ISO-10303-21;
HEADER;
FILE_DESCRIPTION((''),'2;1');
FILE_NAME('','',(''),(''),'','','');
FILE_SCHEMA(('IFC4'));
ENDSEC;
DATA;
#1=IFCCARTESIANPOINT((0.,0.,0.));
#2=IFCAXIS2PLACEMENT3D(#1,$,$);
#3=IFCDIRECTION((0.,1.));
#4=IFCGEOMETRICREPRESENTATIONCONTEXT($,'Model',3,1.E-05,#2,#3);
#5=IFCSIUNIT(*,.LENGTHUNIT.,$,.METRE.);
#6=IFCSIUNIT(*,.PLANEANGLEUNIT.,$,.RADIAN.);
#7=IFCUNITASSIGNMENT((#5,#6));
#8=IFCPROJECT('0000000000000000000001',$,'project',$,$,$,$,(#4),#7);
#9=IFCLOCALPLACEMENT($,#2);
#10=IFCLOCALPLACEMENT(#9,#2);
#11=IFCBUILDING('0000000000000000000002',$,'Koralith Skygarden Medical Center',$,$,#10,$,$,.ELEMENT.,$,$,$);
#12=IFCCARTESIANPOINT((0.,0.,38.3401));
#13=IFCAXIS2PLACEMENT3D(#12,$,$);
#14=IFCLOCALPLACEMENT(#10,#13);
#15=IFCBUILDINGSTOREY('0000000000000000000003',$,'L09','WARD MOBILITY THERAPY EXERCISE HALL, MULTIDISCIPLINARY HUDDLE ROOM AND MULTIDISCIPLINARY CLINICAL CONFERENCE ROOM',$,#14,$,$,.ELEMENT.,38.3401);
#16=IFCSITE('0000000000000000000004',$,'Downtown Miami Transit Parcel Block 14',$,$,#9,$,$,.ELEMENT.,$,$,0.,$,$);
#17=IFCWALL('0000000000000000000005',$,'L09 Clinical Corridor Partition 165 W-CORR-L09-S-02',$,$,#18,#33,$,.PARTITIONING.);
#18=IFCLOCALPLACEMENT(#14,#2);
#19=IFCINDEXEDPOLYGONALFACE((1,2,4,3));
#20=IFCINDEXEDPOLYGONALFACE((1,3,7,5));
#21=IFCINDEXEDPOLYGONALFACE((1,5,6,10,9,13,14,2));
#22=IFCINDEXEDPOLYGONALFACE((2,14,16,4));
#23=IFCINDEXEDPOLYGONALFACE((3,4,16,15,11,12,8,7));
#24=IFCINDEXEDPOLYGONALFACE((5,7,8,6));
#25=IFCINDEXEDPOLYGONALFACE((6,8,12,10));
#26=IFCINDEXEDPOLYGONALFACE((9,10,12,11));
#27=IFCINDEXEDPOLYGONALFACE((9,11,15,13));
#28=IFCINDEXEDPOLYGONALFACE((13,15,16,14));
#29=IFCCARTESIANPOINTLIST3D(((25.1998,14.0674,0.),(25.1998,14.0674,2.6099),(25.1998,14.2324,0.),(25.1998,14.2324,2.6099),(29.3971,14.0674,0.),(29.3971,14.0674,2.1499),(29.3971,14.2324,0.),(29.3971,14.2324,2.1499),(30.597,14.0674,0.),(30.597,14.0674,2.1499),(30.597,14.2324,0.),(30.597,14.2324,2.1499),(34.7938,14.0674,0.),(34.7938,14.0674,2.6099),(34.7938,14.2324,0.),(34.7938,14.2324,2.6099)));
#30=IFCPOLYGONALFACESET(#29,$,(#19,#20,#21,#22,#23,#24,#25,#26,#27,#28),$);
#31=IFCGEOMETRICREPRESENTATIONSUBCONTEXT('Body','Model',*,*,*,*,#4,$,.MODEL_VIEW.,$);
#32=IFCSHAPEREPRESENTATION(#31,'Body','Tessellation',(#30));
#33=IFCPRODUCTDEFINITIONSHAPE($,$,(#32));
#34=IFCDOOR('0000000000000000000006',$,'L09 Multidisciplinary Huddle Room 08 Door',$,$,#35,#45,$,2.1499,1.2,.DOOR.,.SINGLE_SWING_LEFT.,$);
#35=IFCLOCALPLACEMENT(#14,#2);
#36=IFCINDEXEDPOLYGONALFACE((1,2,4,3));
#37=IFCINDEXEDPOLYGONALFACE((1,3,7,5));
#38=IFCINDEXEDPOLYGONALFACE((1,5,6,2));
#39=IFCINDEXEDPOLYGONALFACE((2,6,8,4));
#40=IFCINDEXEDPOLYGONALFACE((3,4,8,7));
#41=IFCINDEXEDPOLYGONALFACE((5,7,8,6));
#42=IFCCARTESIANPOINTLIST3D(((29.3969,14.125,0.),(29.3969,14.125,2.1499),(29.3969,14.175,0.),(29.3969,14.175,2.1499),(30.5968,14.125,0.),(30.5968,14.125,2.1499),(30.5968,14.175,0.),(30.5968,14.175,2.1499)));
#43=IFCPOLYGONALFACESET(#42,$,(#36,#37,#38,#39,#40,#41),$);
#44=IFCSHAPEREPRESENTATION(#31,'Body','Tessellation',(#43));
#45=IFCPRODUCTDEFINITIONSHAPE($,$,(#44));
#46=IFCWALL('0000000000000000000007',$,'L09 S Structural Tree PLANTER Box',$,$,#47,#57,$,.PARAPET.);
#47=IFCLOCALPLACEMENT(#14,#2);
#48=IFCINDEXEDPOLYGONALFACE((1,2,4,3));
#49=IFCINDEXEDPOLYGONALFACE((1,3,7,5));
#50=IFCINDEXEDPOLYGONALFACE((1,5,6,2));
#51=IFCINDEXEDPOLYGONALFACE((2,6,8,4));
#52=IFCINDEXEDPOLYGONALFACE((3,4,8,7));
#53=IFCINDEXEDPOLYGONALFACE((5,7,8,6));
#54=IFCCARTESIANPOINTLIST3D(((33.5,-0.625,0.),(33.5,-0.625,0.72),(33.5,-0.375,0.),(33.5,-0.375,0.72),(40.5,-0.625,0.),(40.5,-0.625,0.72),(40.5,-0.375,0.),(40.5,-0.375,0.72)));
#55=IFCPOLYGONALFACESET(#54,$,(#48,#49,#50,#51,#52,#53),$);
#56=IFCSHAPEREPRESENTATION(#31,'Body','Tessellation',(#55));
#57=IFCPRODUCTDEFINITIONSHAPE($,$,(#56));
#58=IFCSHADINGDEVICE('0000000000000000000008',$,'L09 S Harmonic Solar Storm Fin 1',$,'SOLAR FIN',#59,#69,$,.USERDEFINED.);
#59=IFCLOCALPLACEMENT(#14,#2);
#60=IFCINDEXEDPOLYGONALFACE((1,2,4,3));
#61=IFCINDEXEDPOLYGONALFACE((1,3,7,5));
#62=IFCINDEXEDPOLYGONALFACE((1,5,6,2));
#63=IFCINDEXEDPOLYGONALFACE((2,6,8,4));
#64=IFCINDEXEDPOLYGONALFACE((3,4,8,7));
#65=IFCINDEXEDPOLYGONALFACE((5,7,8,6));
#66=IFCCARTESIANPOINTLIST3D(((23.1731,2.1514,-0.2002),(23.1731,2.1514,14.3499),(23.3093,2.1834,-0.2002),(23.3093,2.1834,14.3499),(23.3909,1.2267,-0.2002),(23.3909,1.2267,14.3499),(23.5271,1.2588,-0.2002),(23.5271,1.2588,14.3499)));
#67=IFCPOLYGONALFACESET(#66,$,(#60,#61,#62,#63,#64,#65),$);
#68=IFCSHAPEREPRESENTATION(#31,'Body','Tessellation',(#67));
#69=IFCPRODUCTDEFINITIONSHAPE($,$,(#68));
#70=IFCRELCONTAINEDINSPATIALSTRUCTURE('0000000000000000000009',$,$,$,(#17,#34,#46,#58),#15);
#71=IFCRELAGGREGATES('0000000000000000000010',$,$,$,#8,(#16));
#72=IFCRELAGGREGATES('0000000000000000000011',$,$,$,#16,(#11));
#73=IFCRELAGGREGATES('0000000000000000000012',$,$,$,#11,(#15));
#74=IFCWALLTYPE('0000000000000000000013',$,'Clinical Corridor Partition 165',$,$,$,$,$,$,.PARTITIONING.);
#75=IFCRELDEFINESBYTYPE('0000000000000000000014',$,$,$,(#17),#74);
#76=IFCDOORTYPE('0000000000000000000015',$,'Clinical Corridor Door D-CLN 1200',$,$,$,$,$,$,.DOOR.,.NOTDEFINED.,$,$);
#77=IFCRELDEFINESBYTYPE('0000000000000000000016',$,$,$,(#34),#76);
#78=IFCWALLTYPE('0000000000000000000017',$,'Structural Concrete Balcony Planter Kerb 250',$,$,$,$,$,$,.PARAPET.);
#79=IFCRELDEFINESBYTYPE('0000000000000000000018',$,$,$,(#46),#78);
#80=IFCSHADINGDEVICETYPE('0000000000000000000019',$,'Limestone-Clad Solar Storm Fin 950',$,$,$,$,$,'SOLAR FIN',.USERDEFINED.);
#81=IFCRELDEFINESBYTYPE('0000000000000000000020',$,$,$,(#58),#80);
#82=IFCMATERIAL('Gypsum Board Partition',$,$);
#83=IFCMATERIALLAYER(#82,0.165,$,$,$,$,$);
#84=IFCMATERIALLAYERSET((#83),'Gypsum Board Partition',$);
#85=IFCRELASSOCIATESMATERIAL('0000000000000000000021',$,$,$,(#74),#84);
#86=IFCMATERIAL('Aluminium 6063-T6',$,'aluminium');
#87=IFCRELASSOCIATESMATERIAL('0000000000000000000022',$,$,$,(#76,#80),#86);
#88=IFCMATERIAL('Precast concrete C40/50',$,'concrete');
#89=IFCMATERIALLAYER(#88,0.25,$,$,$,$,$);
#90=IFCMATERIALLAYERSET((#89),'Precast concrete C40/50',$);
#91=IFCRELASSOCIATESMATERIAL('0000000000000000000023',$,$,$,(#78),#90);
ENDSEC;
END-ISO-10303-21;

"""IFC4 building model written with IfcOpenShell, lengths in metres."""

from ifc_helpers import new_model, si_unit, direction, frame, frame_2d, origin, origin_2d, place, context, subcontext, project, spatial, rectangle, extrude, material, layer, layer_set, type_object, element, fill, save


model = new_model("IFC4")

# Units and contexts
model_context = context("Model", 3, precision=1e-05, world=origin(), true_north=direction((0.0, 1.0)))
body_context = subcontext(model_context, "Body", "Model", "MODEL_VIEW")
ifc_project = project(units=[si_unit("LENGTHUNIT", "METRE"), si_unit("PLANEANGLEUNIT", "RADIAN")], contexts=[model_context])

# Site, building, storey
site_placement = place(None, origin())
site = spatial("IfcSite", under=ifc_project, at=site_placement, Name="Downtown Miami Transit Parcel Block 14", CompositionType="ELEMENT", RefElevation=0.0)
building_placement = place(site_placement, origin())
building = spatial("IfcBuilding", under=site, at=building_placement, Name="Koralith Skygarden Medical Center", CompositionType="ELEMENT")
storey_placement = place(building_placement, frame((0.0, 0.0, 38.3401)))
storey = spatial("IfcBuildingStorey", under=building, at=storey_placement, Name="L09", Description="WARD MOBILITY THERAPY EXERCISE HALL, MULTIDISCIPLINARY HUDDLE ROOM AND MULTIDISCIPLINARY CLINICAL CONFERENCE ROOM", CompositionType="ELEMENT", Elevation=38.3401)

# Shared definitions
ifc_material_1 = material(Name="Aluminium 6063-T6", Category="aluminium")

# Shared definitions
ifc_material_2 = material(Name="Gypsum Board Partition")

# Wall, opening, door
ifc_layer_1 = layer(ifc_material_2, 0.165)
ifc_layer_set_1 = layer_set([ifc_layer_1], Name="Gypsum Board Partition")
wall_type_1 = type_object("IfcWallType", Name="Clinical Corridor Partition 165", PredefinedType="PARTITIONING", material=ifc_layer_set_1)
wall_1_placement = place(storey_placement, frame((25.2, 14.1499, 0.0), z_axis=(0.0, 0.0, 1.0), x_axis=(1.0, 0.0, 0.0)))
wall_1 = element("IfcWall", 1, at=wall_1_placement, inside=storey, type_object=wall_type_1, Name="L09 Clinical Corridor Partition 165 W-CORR-L09-S-02", PredefinedType="PARTITIONING", context=body_context, shape_type="SweptSolid", body=[
    extrude(rectangle(XDim=9.594, YDim=0.165, at=frame_2d((4.7969, 0.0))), origin(), (0.0, 0.0, 1.0), 2.6099),
])
opening_1_placement = place(wall_1_placement, frame((4.197, 0.0, 0.0)))
opening_1 = element("IfcOpeningElement", 2, at=opening_1_placement, cuts=wall_1, PredefinedType="OPENING", context=body_context, shape_type="SweptSolid", body=[
    extrude(rectangle(XDim=1.2, YDim=2.1499, at=frame_2d((0.6001, 1.075))), frame((0.0, 0.0925, 0.0), z_axis=(0.0, -1.0, 0.0), x_axis=(1.0, 0.0, 0.0)), (0.0, 0.0, 1.0), 0.1851),
])
door_type_1 = type_object("IfcDoorType", Name="Clinical Corridor Door D-CLN 1200", OperationType="NOTDEFINED", PredefinedType="DOOR", material=ifc_material_1)
door_1_placement = place(opening_1_placement, frame((1.2, 0.0, 0.0), z_axis=(0.0, 0.0, 1.0), x_axis=(-1.0, 0.0, 0.0)))
door_1 = element("IfcDoor", 3, at=door_1_placement, inside=storey, type_object=door_type_1, Name="L09 Multidisciplinary Huddle Room 08 Door", OperationType="SINGLE_SWING_LEFT", OverallHeight=2.1499, OverallWidth=1.2, PredefinedType="DOOR", context=body_context, shape_type="SweptSolid", body=[
    extrude(rectangle(XDim=1.2, YDim=2.1499, at=frame_2d((0.6001, 1.075))), frame((0.0, 0.0249, 0.0), z_axis=(0.0, -1.0, 0.0), x_axis=(1.0, 0.0, 0.0)), (0.0, 0.0, 1.0), 0.05),
])
fill(opening_1, door_1)

# Wall
ifc_material_3 = material(Name="Precast concrete C40/50", Category="concrete")
ifc_layer_2 = layer(ifc_material_3, 0.25)
ifc_layer_set_2 = layer_set([ifc_layer_2], Name="Precast concrete C40/50")
wall_type_2 = type_object("IfcWallType", Name="Structural Concrete Balcony Planter Kerb 250", PredefinedType="PARAPET", material=ifc_layer_set_2)
wall_2_placement = place(storey_placement, frame((33.5, -0.5, 0.0), z_axis=(0.0, 0.0, 1.0), x_axis=(1.0, 0.0, 0.0)))
element("IfcWall", 4, at=wall_2_placement, inside=storey, type_object=wall_type_2, Name="L09 S Structural Tree PLANTER Box", PredefinedType="PARAPET", context=body_context, shape_type="SweptSolid", body=[
    extrude(rectangle(XDim=7.0, YDim=0.25, at=frame_2d((3.5, 0.0))), origin(), (0.0, 0.0, 1.0), 0.72),
])

# Shading device
shading_device_type = type_object("IfcShadingDeviceType", Name="Limestone-Clad Solar Storm Fin 950", ElementType="SOLAR FIN", PredefinedType="USERDEFINED", material=ifc_material_1)
shading_device_placement = place(storey_placement, frame((23.3501, 1.7051, -0.2002), z_axis=(0.0, 0.0, 1.0), x_axis=(0.229251, -0.973367, 0.0)))
element("IfcShadingDevice", 5, at=shading_device_placement, inside=storey, type_object=shading_device_type, Name="L09 S Harmonic Solar Storm Fin 1", ObjectType="SOLAR FIN", PredefinedType="USERDEFINED", context=body_context, shape_type="SweptSolid", body=[
    extrude(rectangle(XDim=0.95, YDim=0.1399, at=origin_2d()), origin(), (0.0, 0.0, 1.0), 14.55),
])

save(model, "model.ifc")
